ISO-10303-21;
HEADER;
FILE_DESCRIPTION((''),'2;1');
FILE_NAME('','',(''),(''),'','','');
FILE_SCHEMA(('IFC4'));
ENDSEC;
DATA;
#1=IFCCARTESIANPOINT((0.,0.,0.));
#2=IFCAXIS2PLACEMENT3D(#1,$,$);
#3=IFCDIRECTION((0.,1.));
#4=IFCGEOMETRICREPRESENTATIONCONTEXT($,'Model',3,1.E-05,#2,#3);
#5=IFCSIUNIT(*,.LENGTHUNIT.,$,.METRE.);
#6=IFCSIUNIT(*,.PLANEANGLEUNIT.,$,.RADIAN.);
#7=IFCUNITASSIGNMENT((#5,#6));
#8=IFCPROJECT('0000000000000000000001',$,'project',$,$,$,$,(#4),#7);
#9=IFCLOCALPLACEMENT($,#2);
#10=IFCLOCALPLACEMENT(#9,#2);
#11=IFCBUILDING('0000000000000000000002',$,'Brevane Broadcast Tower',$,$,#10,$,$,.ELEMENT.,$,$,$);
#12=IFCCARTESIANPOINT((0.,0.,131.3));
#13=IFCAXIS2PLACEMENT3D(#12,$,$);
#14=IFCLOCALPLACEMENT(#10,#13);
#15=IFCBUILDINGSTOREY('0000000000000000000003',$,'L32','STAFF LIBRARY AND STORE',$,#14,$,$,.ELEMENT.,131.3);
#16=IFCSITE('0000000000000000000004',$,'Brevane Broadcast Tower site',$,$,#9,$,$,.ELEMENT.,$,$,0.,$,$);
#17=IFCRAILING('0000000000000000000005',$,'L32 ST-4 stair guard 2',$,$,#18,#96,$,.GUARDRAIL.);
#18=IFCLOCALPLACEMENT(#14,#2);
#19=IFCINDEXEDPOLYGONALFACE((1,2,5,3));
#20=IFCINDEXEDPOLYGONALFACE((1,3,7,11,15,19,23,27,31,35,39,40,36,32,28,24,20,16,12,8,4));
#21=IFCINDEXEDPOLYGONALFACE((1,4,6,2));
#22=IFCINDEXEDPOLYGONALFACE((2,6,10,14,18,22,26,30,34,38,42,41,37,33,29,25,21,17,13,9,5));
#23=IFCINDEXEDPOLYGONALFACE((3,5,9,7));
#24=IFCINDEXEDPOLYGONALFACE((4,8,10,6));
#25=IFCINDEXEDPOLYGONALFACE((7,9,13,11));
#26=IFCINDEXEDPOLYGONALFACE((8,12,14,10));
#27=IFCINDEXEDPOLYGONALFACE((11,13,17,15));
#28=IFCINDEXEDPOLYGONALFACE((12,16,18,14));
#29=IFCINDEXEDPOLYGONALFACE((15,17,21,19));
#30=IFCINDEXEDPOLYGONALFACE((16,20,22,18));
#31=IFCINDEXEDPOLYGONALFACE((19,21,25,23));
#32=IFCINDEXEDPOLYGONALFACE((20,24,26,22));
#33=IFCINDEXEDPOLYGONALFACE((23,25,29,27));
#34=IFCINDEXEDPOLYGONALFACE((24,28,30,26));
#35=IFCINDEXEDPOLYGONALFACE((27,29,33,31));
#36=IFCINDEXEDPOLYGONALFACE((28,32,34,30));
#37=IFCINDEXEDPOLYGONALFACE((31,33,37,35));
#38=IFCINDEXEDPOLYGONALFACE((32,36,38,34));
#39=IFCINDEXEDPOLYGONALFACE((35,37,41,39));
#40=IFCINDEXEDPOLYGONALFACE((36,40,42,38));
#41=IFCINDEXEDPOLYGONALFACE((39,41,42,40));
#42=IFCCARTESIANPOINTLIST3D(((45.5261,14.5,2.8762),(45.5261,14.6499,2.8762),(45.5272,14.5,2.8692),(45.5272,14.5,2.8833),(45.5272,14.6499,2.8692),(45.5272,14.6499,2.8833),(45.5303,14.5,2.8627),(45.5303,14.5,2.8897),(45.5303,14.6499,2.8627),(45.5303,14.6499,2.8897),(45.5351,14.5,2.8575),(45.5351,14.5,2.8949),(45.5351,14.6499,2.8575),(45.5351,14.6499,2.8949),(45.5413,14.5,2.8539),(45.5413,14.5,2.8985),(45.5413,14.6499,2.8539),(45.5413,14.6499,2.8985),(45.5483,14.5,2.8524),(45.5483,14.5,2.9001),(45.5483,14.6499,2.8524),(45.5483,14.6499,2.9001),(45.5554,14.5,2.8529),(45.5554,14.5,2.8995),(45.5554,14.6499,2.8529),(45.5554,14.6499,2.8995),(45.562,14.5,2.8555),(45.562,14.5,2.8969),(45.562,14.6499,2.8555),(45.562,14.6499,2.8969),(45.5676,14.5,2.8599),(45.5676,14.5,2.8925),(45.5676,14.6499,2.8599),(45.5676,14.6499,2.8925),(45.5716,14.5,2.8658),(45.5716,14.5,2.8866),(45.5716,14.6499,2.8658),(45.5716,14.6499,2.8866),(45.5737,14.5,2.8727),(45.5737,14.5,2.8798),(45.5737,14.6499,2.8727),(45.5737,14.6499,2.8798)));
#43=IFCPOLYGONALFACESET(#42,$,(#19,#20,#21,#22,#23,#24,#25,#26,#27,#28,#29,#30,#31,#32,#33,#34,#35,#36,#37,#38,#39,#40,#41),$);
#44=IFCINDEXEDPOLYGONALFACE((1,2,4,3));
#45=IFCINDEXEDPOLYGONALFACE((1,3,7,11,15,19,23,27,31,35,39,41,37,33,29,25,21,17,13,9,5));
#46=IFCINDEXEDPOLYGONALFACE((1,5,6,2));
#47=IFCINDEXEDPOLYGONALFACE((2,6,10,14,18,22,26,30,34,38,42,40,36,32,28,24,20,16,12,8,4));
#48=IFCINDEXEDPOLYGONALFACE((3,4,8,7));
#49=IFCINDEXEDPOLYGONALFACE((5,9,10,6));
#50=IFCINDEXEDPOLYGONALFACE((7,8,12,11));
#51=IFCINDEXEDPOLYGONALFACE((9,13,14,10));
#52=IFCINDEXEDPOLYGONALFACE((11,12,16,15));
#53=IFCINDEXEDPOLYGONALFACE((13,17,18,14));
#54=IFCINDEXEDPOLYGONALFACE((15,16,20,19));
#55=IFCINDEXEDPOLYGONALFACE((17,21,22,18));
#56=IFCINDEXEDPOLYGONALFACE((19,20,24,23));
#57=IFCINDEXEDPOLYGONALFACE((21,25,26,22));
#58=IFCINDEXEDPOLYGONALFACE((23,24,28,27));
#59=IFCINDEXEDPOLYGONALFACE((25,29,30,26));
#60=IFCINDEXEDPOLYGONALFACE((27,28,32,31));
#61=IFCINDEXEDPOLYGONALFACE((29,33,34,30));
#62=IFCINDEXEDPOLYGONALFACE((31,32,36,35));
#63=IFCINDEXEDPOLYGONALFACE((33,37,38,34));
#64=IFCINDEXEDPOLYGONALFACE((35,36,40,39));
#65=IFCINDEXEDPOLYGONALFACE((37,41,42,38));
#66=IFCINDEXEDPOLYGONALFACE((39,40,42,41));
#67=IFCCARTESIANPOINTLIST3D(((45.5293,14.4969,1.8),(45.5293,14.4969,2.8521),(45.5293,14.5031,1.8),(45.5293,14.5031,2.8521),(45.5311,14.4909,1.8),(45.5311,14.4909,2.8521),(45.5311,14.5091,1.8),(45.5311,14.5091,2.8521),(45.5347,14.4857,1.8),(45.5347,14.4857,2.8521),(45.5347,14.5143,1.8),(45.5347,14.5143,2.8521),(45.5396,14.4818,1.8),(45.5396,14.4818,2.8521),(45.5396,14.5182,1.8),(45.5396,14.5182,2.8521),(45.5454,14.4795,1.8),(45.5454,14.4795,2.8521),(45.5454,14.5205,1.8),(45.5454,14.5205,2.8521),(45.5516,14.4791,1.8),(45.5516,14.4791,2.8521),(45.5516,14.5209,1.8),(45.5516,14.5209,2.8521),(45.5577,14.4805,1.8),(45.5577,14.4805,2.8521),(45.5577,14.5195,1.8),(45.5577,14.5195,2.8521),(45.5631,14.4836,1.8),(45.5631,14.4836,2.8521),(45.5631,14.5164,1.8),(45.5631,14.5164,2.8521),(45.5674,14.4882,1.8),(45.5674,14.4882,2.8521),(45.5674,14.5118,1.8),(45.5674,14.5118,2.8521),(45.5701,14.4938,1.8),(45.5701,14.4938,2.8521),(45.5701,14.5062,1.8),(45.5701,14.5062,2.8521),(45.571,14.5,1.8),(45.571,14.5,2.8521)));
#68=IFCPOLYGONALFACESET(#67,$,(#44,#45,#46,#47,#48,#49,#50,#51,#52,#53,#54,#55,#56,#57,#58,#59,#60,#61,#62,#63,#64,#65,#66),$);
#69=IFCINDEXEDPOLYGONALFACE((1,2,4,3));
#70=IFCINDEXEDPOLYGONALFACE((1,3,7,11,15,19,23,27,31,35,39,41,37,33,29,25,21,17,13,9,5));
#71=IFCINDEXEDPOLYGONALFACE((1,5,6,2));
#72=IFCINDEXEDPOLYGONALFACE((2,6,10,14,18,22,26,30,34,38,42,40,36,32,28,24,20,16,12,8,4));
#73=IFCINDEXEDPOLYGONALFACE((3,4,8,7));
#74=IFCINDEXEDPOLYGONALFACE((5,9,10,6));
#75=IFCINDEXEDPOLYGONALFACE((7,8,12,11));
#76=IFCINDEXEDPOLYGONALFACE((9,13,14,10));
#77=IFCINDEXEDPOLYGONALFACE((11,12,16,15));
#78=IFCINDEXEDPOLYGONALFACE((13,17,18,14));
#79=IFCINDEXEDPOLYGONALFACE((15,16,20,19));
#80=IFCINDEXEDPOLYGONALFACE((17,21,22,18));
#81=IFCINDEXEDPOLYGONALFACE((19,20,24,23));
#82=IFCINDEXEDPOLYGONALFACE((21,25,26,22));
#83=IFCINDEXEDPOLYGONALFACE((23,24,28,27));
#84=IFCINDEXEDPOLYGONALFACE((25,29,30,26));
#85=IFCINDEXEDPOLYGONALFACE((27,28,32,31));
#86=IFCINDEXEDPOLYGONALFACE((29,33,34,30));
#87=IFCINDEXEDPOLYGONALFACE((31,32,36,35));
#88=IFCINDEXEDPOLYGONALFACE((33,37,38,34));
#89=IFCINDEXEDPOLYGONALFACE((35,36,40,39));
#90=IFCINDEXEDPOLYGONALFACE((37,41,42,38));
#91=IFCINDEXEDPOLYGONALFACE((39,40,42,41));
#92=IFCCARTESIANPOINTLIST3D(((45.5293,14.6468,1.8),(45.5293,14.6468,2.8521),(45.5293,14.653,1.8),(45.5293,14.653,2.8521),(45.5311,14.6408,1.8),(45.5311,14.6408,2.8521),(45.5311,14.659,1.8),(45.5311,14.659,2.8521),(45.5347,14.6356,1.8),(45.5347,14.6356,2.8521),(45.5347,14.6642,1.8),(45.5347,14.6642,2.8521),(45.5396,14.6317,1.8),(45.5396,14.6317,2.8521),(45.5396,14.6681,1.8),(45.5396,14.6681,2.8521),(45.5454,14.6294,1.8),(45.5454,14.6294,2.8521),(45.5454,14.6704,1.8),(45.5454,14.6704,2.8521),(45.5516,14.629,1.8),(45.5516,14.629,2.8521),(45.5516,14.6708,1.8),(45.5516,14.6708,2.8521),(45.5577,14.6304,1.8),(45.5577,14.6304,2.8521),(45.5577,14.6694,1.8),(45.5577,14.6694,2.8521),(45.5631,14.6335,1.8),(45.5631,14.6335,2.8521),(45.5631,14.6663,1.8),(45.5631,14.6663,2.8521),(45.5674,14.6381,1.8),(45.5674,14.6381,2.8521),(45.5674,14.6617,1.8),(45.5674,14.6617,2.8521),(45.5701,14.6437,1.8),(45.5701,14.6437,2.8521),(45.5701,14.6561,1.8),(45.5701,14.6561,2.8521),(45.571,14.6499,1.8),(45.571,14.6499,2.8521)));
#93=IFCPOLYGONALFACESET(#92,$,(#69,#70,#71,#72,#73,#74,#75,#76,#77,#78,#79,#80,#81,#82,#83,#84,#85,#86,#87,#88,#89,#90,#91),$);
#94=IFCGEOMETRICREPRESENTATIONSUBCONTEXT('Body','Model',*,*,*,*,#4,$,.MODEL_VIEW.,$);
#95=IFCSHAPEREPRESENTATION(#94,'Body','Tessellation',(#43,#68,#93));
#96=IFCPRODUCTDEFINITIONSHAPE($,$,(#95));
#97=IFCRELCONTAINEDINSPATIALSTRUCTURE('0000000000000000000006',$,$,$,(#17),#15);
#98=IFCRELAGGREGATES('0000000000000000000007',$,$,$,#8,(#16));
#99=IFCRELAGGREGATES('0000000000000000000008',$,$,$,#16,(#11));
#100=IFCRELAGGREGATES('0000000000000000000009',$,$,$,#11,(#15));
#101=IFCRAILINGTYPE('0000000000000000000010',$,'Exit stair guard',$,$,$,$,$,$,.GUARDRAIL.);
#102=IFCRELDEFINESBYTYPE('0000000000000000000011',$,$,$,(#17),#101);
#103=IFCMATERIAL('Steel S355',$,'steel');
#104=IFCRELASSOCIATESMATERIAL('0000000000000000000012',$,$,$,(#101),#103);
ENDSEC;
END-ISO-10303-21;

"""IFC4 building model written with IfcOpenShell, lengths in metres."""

from ifc_helpers import new_model, si_unit, direction, frame, origin, origin_2d, place, context, subcontext, project, spatial, circle, extrude, material, type_object, element, save


model = new_model("IFC4")

# Units and contexts
model_context = context("Model", 3, precision=1e-05, world=origin(), true_north=direction((0.0, 1.0)))
body_context = subcontext(model_context, "Body", "Model", "MODEL_VIEW")
ifc_project = project(units=[si_unit("LENGTHUNIT", "METRE"), si_unit("PLANEANGLEUNIT", "RADIAN")], contexts=[model_context])

# Site, building, storey
site_placement = place(None, origin())
site = spatial("IfcSite", under=ifc_project, at=site_placement, Name="Brevane Broadcast Tower site", CompositionType="ELEMENT", RefElevation=0.0)
building_placement = place(site_placement, origin())
building = spatial("IfcBuilding", under=site, at=building_placement, Name="Brevane Broadcast Tower", CompositionType="ELEMENT")
storey_placement = place(building_placement, frame((0.0, 0.0, 131.3)))
storey = spatial("IfcBuildingStorey", under=building, at=storey_placement, Name="L32", Description="STAFF LIBRARY AND STORE", CompositionType="ELEMENT", Elevation=131.3)

# Railing
ifc_material_1 = material(Name="Steel S355", Category="steel")
railing_type_1 = type_object("IfcRailingType", Name="Exit stair guard", PredefinedType="GUARDRAIL", material=ifc_material_1)
railing_1_placement = place(storey_placement, frame((45.55, 14.5, 1.8)))
element("IfcRailing", 1, at=railing_1_placement, inside=storey, type_object=railing_type_1, Name="L32 ST-4 stair guard 2", PredefinedType="GUARDRAIL", context=body_context, shape_type="SweptSolid", body=[
    extrude(circle(Radius=0.0239, at=origin_2d()), frame((0.0, 0.0, 1.0762), z_axis=(0.0, 1.0, 0.0), x_axis=(-1.0, 0.0, 0.0)), (0.0, 0.0, 1.0), 0.1499),
    extrude(circle(Radius=0.021, at=origin_2d()), origin(), (0.0, 0.0, 1.0), 1.052),
    extrude(circle(Radius=0.021, at=origin_2d()), frame((0.0, 0.1499, 0.0)), (0.0, 0.0, 1.0), 1.052),
])

save(model, "model.ifc")
